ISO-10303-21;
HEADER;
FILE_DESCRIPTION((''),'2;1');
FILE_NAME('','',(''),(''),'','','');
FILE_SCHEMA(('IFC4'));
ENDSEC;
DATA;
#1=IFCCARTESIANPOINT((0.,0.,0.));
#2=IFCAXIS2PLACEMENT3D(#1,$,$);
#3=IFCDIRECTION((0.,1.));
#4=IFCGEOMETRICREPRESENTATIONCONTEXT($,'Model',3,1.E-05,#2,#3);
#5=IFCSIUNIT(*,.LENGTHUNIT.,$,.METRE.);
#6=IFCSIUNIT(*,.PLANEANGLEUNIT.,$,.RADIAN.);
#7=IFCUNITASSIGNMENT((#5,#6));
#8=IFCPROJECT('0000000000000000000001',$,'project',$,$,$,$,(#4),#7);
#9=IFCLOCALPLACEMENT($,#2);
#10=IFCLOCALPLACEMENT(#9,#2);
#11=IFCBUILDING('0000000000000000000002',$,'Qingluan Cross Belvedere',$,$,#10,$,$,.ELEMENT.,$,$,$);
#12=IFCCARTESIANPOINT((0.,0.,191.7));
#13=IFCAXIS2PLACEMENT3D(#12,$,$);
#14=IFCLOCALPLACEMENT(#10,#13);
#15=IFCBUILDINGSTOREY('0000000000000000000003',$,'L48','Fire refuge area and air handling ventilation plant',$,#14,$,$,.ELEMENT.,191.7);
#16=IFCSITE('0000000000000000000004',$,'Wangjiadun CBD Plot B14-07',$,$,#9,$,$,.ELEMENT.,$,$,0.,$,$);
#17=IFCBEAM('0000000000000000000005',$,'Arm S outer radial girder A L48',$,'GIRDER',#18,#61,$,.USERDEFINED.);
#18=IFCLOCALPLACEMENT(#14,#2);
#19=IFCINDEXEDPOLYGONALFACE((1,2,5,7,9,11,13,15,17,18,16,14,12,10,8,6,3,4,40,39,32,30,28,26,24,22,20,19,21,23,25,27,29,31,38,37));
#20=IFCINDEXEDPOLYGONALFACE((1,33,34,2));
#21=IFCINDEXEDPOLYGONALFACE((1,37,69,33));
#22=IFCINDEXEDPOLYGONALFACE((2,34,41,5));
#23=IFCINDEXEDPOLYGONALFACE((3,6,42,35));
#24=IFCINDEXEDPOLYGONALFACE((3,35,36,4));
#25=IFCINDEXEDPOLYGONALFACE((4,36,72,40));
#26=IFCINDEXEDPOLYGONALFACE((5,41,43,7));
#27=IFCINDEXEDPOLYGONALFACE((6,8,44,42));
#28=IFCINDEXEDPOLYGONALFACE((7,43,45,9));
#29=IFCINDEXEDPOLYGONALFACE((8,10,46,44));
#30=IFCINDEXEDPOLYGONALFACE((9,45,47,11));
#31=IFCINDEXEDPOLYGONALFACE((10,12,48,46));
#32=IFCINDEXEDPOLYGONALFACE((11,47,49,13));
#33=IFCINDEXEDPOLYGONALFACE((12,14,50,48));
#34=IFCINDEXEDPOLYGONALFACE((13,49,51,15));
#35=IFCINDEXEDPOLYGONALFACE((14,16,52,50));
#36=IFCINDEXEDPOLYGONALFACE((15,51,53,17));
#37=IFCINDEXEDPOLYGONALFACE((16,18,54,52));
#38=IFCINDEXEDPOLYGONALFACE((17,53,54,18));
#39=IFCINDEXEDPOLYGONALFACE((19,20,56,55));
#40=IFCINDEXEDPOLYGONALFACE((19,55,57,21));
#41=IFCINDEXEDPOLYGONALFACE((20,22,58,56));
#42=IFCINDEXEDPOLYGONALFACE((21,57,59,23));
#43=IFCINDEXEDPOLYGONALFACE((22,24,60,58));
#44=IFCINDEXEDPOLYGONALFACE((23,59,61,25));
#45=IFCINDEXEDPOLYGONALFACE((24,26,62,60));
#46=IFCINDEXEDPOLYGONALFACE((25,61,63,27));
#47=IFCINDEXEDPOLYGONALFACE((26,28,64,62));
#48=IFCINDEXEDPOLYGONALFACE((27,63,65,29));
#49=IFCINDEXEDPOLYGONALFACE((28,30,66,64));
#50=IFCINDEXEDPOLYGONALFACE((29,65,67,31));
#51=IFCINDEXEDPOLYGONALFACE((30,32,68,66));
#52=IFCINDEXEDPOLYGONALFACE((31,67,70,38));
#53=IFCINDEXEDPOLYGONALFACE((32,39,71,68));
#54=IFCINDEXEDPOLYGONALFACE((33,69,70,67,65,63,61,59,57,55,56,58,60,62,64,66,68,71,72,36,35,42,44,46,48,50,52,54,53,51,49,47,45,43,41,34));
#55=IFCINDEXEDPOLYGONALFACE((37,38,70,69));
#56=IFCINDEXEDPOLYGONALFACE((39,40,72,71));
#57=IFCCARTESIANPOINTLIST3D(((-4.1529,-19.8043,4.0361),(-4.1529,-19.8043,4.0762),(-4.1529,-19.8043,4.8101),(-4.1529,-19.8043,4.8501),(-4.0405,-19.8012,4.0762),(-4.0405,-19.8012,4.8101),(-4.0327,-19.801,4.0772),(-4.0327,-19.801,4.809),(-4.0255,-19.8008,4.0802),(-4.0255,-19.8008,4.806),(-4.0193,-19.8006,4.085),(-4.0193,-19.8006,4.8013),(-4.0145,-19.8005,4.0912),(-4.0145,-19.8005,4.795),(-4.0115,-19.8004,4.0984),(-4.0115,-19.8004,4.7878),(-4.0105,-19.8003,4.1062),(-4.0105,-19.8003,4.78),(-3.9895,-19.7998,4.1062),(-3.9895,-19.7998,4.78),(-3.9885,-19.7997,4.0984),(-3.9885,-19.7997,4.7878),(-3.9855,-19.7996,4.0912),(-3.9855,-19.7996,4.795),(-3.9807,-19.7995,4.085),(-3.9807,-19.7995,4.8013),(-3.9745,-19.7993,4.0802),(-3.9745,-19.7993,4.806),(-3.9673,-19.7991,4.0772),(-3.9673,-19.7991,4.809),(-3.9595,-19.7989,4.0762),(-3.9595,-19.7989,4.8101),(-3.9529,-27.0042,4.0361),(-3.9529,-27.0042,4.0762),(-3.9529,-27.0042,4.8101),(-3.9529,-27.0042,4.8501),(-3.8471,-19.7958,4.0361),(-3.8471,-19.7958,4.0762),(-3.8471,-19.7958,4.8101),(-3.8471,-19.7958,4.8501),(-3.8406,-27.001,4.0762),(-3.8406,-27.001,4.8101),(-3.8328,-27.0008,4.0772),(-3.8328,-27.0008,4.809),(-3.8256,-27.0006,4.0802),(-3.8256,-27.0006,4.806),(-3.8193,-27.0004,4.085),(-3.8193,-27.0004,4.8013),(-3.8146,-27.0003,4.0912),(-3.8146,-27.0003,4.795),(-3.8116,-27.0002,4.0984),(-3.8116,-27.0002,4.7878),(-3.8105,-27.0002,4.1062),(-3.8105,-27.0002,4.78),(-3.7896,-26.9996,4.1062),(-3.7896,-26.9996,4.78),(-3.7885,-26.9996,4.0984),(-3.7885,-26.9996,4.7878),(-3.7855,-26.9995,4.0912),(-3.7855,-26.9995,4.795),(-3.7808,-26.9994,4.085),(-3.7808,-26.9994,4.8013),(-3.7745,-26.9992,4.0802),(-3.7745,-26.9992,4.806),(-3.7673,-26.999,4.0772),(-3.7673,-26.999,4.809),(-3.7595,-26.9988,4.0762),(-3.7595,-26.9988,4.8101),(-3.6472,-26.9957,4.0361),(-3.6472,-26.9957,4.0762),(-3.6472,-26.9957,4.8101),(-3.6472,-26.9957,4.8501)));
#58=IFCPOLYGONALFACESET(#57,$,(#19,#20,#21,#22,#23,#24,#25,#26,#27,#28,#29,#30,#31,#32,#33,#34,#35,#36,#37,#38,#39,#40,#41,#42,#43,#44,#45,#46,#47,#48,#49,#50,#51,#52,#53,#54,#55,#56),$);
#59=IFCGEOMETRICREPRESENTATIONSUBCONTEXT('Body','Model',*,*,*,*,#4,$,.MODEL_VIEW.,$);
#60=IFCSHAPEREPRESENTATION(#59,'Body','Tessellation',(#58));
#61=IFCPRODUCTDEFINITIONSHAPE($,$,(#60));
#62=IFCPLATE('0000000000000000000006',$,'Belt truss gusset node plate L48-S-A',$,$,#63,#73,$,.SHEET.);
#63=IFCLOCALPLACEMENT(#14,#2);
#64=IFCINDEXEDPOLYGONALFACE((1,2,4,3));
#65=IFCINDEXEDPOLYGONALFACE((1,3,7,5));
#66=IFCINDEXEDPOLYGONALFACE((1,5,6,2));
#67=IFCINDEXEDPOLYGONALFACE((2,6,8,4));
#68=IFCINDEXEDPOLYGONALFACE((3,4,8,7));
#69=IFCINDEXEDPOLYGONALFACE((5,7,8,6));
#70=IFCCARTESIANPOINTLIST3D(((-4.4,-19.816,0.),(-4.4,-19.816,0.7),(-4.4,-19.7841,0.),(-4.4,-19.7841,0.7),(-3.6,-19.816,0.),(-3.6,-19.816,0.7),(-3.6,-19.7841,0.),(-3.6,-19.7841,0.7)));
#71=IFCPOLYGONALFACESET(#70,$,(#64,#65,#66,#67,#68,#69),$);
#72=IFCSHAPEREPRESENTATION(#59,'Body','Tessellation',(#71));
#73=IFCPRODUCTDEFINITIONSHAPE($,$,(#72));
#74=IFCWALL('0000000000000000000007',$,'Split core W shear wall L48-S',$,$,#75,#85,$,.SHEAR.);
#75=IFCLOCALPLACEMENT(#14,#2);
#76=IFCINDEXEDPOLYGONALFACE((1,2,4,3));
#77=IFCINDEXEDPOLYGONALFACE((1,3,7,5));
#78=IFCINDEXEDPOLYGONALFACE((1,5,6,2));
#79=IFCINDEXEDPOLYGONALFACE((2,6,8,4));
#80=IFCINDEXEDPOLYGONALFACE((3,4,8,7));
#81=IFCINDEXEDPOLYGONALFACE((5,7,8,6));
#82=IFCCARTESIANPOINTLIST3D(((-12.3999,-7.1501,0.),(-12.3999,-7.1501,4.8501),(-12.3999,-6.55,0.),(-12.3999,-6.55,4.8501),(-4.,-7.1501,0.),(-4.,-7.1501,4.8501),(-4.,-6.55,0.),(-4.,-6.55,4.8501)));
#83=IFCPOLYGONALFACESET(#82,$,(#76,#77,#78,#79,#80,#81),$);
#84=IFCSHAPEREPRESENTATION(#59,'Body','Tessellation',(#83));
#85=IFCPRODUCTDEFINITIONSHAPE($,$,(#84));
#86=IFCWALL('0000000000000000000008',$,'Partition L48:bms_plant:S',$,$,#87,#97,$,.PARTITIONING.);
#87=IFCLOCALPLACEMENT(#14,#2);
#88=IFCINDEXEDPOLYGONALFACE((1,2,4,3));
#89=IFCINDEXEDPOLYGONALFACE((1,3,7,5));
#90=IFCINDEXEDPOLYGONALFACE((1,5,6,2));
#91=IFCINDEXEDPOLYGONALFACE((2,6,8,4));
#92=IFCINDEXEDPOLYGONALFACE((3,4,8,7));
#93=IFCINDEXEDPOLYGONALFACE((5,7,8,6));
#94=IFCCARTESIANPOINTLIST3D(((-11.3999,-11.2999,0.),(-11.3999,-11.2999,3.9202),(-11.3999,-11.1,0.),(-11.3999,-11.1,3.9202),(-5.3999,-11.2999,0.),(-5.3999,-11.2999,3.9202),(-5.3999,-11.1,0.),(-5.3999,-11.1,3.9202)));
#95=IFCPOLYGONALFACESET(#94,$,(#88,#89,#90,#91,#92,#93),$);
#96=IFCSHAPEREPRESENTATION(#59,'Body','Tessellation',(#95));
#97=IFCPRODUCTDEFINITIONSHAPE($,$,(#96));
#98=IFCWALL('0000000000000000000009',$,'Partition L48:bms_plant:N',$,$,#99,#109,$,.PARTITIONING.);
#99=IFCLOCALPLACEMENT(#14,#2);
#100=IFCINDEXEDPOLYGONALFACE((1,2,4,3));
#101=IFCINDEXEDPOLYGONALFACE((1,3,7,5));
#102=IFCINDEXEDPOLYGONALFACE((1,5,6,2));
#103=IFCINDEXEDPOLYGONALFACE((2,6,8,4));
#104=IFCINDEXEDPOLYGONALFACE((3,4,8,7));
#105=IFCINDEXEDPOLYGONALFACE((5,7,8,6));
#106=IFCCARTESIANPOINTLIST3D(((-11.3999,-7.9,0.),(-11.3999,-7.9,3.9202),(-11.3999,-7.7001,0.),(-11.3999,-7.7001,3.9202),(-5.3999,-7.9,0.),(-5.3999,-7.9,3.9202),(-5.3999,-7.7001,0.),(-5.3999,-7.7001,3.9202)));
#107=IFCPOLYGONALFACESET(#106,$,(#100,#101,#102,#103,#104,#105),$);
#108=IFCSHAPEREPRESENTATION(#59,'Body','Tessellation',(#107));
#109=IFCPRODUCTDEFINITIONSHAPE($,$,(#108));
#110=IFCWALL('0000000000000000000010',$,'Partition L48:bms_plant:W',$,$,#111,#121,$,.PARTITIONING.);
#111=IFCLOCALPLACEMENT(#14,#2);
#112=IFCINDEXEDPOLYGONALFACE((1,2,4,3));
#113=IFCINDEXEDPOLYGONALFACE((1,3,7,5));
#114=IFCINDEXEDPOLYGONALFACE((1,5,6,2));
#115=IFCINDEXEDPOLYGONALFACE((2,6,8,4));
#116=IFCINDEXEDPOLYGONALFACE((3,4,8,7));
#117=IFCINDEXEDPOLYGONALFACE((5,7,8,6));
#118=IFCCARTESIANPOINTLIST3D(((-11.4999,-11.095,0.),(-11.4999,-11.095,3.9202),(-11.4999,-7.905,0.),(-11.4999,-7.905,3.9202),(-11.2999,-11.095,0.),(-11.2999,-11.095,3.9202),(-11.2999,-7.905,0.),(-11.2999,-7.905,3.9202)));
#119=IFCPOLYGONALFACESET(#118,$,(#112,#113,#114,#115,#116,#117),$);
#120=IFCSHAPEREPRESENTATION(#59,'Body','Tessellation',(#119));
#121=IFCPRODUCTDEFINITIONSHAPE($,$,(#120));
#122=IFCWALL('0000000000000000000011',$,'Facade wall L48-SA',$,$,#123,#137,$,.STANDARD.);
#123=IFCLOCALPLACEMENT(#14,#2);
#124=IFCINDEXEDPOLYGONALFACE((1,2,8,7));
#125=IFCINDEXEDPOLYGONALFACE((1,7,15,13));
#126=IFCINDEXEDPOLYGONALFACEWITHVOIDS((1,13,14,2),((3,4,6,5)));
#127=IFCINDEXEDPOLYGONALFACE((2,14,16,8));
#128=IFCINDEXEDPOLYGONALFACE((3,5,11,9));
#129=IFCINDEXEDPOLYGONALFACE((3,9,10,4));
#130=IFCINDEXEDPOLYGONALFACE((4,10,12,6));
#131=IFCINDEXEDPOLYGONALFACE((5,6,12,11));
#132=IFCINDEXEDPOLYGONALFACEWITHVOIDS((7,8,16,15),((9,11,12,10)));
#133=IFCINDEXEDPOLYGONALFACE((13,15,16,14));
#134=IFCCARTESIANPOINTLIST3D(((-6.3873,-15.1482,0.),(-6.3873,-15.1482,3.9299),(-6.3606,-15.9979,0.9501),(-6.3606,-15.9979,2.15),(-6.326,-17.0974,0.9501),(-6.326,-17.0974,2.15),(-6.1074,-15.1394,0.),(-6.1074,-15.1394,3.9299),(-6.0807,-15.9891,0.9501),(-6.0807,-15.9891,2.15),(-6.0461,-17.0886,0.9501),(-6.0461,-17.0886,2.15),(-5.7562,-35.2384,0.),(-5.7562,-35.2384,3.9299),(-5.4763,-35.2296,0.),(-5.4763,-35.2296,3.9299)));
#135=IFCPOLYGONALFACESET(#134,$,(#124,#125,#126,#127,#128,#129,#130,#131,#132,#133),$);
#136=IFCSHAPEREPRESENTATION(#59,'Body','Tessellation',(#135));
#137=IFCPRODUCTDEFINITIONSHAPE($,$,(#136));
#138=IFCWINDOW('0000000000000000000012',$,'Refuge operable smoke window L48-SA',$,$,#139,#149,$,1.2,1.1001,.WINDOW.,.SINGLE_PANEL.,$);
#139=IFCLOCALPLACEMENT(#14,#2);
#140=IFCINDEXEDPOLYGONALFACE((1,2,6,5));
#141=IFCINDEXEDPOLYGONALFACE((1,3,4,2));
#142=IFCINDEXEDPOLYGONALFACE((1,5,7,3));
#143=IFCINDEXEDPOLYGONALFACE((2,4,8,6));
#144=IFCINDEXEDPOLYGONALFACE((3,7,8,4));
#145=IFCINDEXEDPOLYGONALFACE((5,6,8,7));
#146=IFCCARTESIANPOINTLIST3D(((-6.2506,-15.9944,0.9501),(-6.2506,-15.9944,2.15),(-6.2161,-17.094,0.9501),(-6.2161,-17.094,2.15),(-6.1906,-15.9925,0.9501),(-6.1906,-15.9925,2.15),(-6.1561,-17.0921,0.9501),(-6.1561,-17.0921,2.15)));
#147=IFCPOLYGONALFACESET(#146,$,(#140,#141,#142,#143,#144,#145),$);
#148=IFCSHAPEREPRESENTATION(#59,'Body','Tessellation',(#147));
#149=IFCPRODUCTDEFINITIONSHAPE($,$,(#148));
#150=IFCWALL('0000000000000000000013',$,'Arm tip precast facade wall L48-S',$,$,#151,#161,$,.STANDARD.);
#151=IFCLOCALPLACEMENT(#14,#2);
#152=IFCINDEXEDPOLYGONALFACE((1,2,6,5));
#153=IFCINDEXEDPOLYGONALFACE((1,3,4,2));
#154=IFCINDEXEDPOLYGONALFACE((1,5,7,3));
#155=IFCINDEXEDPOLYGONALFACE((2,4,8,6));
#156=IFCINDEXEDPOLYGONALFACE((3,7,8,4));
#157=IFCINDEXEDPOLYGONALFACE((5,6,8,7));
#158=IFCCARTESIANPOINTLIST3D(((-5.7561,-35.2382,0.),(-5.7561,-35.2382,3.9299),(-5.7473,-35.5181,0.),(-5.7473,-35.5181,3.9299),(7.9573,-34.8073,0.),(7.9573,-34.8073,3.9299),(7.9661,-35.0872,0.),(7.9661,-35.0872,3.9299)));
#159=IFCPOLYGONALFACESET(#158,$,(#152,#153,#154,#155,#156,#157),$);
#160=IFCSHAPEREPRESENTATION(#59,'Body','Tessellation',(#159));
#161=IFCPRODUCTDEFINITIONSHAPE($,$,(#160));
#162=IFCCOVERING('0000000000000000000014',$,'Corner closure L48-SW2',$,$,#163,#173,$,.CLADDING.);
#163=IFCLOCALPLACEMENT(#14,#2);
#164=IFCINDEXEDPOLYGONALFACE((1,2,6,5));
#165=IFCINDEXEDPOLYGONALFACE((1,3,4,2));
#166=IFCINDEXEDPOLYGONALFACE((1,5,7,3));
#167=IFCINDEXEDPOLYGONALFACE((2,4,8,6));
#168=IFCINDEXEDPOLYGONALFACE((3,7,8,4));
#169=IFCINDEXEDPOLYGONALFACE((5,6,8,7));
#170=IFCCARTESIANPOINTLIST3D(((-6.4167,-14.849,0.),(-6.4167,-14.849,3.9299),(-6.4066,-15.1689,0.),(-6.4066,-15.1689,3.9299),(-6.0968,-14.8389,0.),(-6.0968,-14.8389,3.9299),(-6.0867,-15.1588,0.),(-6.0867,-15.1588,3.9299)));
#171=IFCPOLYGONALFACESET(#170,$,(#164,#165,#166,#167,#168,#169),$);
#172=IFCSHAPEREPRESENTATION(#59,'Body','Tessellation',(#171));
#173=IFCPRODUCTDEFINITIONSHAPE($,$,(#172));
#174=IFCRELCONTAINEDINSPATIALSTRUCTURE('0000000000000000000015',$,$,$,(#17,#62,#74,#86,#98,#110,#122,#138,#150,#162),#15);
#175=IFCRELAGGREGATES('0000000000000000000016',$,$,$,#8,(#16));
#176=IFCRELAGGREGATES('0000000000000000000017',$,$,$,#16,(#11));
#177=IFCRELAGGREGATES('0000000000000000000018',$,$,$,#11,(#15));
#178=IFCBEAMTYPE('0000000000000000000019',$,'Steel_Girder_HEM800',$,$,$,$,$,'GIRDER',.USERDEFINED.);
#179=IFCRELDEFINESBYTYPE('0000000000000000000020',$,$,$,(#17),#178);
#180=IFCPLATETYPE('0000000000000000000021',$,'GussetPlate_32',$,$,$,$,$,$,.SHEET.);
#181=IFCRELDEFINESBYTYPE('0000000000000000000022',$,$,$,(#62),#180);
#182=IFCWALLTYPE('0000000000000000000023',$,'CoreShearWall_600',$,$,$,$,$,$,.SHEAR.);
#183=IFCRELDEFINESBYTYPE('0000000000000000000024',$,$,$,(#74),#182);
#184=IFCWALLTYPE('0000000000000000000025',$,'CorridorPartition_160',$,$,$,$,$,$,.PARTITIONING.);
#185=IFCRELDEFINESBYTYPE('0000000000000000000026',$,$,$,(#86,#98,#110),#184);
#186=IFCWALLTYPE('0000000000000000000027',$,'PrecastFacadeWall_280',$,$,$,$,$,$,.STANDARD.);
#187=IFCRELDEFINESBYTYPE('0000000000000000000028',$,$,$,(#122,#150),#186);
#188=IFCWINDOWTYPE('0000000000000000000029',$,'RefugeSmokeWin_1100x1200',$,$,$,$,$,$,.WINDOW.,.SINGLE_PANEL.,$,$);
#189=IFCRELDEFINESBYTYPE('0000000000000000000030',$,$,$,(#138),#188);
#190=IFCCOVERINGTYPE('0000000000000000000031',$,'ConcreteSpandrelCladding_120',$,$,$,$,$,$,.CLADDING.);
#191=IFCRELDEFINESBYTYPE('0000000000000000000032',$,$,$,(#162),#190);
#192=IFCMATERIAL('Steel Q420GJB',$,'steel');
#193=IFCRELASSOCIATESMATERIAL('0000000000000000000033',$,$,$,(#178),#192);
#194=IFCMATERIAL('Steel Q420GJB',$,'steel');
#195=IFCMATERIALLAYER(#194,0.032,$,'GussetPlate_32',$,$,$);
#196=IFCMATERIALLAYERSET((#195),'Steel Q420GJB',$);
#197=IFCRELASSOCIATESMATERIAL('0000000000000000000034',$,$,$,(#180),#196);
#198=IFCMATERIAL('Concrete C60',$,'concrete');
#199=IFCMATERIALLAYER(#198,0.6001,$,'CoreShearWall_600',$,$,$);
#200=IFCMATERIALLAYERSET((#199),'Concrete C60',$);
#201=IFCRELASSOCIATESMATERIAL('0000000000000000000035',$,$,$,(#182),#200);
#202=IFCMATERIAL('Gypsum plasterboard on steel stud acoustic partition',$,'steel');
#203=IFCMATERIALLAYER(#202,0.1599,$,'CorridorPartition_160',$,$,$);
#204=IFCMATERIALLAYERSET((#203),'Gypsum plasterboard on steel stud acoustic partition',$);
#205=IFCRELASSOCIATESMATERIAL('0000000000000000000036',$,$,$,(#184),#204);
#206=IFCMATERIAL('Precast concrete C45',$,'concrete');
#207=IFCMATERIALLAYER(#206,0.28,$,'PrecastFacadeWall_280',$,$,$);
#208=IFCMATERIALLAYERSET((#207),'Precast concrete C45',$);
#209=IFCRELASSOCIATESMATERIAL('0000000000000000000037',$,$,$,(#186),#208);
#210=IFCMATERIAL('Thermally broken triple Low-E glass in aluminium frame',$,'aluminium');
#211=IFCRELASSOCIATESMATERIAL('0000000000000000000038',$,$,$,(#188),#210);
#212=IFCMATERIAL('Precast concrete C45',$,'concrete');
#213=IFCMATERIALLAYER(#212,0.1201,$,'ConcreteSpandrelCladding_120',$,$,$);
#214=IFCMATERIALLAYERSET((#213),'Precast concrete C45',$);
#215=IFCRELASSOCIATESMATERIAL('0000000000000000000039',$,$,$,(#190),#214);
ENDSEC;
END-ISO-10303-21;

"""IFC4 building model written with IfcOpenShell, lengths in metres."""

from ifc_helpers import new_model, si_unit, direction, frame, frame_2d, origin, origin_2d, place, context, subcontext, project, spatial, rectangle, i_section, extrude, material, layer, layer_set, material_profile, profile_set, type_object, element, fill, save


model = new_model("IFC4")

# Units and contexts
model_context = context("Model", 3, precision=1e-05, world=origin(), true_north=direction((0.0, 1.0)))
body_context = subcontext(model_context, "Body", "Model", "MODEL_VIEW")
ifc_project = project(units=[si_unit("LENGTHUNIT", "METRE"), si_unit("PLANEANGLEUNIT", "RADIAN")], contexts=[model_context])

# Site, building, storey
site_placement = place(None, origin())
site = spatial("IfcSite", under=ifc_project, at=site_placement, Name="Wangjiadun CBD Plot B14-07", CompositionType="ELEMENT", RefElevation=0.0)
building_placement = place(site_placement, origin())
building = spatial("IfcBuilding", under=site, at=building_placement, Name="Qingluan Cross Belvedere", CompositionType="ELEMENT")
storey_placement = place(building_placement, frame((0.0, 0.0, 191.7)))
storey = spatial("IfcBuildingStorey", under=building, at=storey_placement, Name="L48", Description="Fire refuge area and air handling ventilation plant", CompositionType="ELEMENT", Elevation=191.7)

# Beam
ifc_material_1 = material(Name="Steel Q420GJB", Category="steel")
ifc_material_profile_1 = material_profile(ifc_material_1, i_section(OverallWidth=0.3059, OverallDepth=0.814, WebThickness=0.021, FlangeThickness=0.04, FilletRadius=0.03, at=origin_2d()), Name="HEM800")
ifc_profile_set_1 = profile_set([ifc_material_profile_1], Name="Steel Q420GJB")
beam_type_1 = type_object("IfcBeamType", Name="Steel_Girder_HEM800", ElementType="GIRDER", PredefinedType="USERDEFINED", material=ifc_profile_set_1)
beam_1_placement = place(storey_placement, frame((-4.0, -19.8, 4.4431), z_axis=(0.02776, -0.999615, 0.0), x_axis=(0.999615, 0.02776, 0.0)))
element("IfcBeam", 1, at=beam_1_placement, inside=storey, type_object=beam_type_1, Name="Arm S outer radial girder A L48", ObjectType="GIRDER", PredefinedType="USERDEFINED", context=body_context, shape_type="SweptSolid", body=[
    extrude(i_section(OverallWidth=0.3059, OverallDepth=0.814, WebThickness=0.021, FlangeThickness=0.04, FilletRadius=0.03, at=origin_2d()), origin(), (0.0, 0.0, 1.0), 7.2026),
])

# Plate
ifc_material_2 = material(Name="Steel Q420GJB", Category="steel")
ifc_layer_1 = layer(ifc_material_2, 0.032, Name="GussetPlate_32")
ifc_layer_set_1 = layer_set([ifc_layer_1], Name="Steel Q420GJB")
plate_type = type_object("IfcPlateType", Name="GussetPlate_32", PredefinedType="SHEET", material=ifc_layer_set_1)
plate_placement = place(storey_placement, frame((-4.0, -19.8, 0.0), z_axis=(0.0, 0.0, 1.0), x_axis=(1.0, 0.0, 0.0)))
element("IfcPlate", 2, at=plate_placement, inside=storey, type_object=plate_type, Name="Belt truss gusset node plate L48-S-A", PredefinedType="SHEET", context=body_context, shape_type="SweptSolid", body=[
    extrude(rectangle(XDim=0.8, YDim=0.032, at=origin_2d()), origin(), (0.0, 0.0, 1.0), 0.7),
])

# Walls
ifc_material_3 = material(Name="Concrete C60", Category="concrete")
ifc_layer_2 = layer(ifc_material_3, 0.6001, Name="CoreShearWall_600")
ifc_layer_set_2 = layer_set([ifc_layer_2], Name="Concrete C60")
wall_type_1 = type_object("IfcWallType", Name="CoreShearWall_600", PredefinedType="SHEAR", material=ifc_layer_set_2)
wall_1_placement = place(storey_placement, frame((-12.3999, -6.8501, 0.0), z_axis=(0.0, 0.0, 1.0), x_axis=(1.0, 0.0, 0.0)))
element("IfcWall", 3, at=wall_1_placement, inside=storey, type_object=wall_type_1, Name="Split core W shear wall L48-S", PredefinedType="SHEAR", context=body_context, shape_type="SweptSolid", body=[
    extrude(rectangle(XDim=8.3999, YDim=0.6001, at=frame_2d((4.2, 0.0))), origin(), (0.0, 0.0, 1.0), 4.8501),
])
ifc_material_4 = material(Name="Gypsum plasterboard on steel stud acoustic partition", Category="steel")
ifc_layer_3 = layer(ifc_material_4, 0.1599, Name="CorridorPartition_160")
ifc_layer_set_3 = layer_set([ifc_layer_3], Name="Gypsum plasterboard on steel stud acoustic partition")
wall_type_2 = type_object("IfcWallType", Name="CorridorPartition_160", PredefinedType="PARTITIONING", material=ifc_layer_set_3)
for number, where, z_axis, x_axis, name in (
    (4, (-11.3999, -11.2, 0.0), (0.0, 0.0, 1.0), (1.0, 0.0, 0.0), "Partition L48:bms_plant:S"),
    (5, (-11.3999, -7.8, 0.0), (0.0, 0.0, 1.0), (1.0, 0.0, 0.0), "Partition L48:bms_plant:N"),
):
    element("IfcWall", number, at=place(storey_placement, frame(where, z_axis=z_axis, x_axis=x_axis)), inside=storey, type_object=wall_type_2, Name=name, PredefinedType="PARTITIONING", context=body_context, shape_type="SweptSolid", body=[
        extrude(rectangle(XDim=6.0, YDim=0.2, at=frame_2d((3.0, 0.0))), origin(), (0.0, 0.0, 1.0), 3.9202),
    ])
wall_2_placement = place(storey_placement, frame((-11.3999, -11.095, 0.0), z_axis=(0.0, 0.0, 1.0), x_axis=(0.0, 1.0, 0.0)))
element("IfcWall", 6, at=wall_2_placement, inside=storey, type_object=wall_type_2, Name="Partition L48:bms_plant:W", PredefinedType="PARTITIONING", context=body_context, shape_type="SweptSolid", body=[
    extrude(rectangle(XDim=3.1899, YDim=0.2, at=frame_2d((1.595, 0.0))), origin(), (0.0, 0.0, 1.0), 3.9202),
])

# Wall, opening, window
ifc_material_5 = material(Name="Precast concrete C45", Category="concrete")
ifc_layer_4 = layer(ifc_material_5, 0.28, Name="PrecastFacadeWall_280")
ifc_layer_set_4 = layer_set([ifc_layer_4], Name="Precast concrete C45")
wall_type_3 = type_object("IfcWallType", Name="PrecastFacadeWall_280", PredefinedType="STANDARD", material=ifc_layer_set_4)
wall_3_placement = place(storey_placement, frame((-6.2473, -15.1438, 0.0), z_axis=(0.0, 0.0, 1.0), x_axis=(0.031398, -0.999507, 0.0)))
wall_3 = element("IfcWall", 7, at=wall_3_placement, inside=storey, type_object=wall_type_3, Name="Facade wall L48-SA", PredefinedType="STANDARD", context=body_context, shape_type="SweptSolid", body=[
    extrude(rectangle(XDim=20.1001, YDim=0.28, at=frame_2d((10.05, 0.0))), origin(), (0.0, 0.0, 1.0), 3.9299),
])
opening_1_placement = place(wall_3_placement, frame((0.8501, 0.0, 0.95)))
opening_1 = element("IfcOpeningElement", 8, at=opening_1_placement, cuts=wall_3, PredefinedType="OPENING", context=body_context, shape_type="SweptSolid", body=[
    extrude(rectangle(XDim=1.1001, YDim=1.2, at=frame_2d((0.55, 0.6001))), frame((0.0, 0.1499, 0.0), z_axis=(0.0, -1.0, 0.0), x_axis=(1.0, 0.0, 0.0)), (0.0, 0.0, 1.0), 0.3),
])
ifc_material_6 = material(Name="Thermally broken triple Low-E glass in aluminium frame", Category="aluminium")
window_type = type_object("IfcWindowType", Name="RefugeSmokeWin_1100x1200", PartitioningType="SINGLE_PANEL", PredefinedType="WINDOW", material=ifc_material_6)
window_placement = place(opening_1_placement, origin())
window = element("IfcWindow", 9, at=window_placement, inside=storey, type_object=window_type, Name="Refuge operable smoke window L48-SA", OverallHeight=1.2, OverallWidth=1.1001, PartitioningType="SINGLE_PANEL", PredefinedType="WINDOW", context=body_context, shape_type="SweptSolid", body=[
    extrude(rectangle(XDim=1.1001, YDim=1.2, at=frame_2d((0.55, 0.6001))), frame((0.0, 0.03, 0.0), z_axis=(0.0, -1.0, 0.0), x_axis=(1.0, 0.0, 0.0)), (0.0, 0.0, 1.0), 0.0601),
])
fill(opening_1, window)

# Wall
wall_4_placement = place(storey_placement, frame((-5.7517, -35.3782, 0.0), z_axis=(0.0, 0.0, 1.0), x_axis=(0.999507, 0.031407, 0.0)))
element("IfcWall", 10, at=wall_4_placement, inside=storey, type_object=wall_type_3, Name="Arm tip precast facade wall L48-S", PredefinedType="STANDARD", context=body_context, shape_type="SweptSolid", body=[
    extrude(rectangle(XDim=13.7202, YDim=0.28, at=frame_2d((6.8601, 0.0))), origin(), (0.0, 0.0, 1.0), 3.9299),
])

# Covering
ifc_material_7 = material(Name="Precast concrete C45", Category="concrete")
ifc_layer_5 = layer(ifc_material_7, 0.1201, Name="ConcreteSpandrelCladding_120")
ifc_layer_set_5 = layer_set([ifc_layer_5], Name="Precast concrete C45")
covering_type = type_object("IfcCoveringType", Name="ConcreteSpandrelCladding_120", PredefinedType="CLADDING", material=ifc_layer_set_5)
covering_placement = place(storey_placement, frame((-6.2517, -15.0039, 0.0), z_axis=(0.0, 0.0, 1.0), x_axis=(0.999507, 0.031411, 0.0)))
element("IfcCovering", 11, at=covering_placement, inside=storey, type_object=covering_type, Name="Corner closure L48-SW2", PredefinedType="CLADDING", context=body_context, shape_type="SweptSolid", body=[
    extrude(rectangle(XDim=0.3201, YDim=0.3201, at=origin_2d()), origin(), (0.0, 0.0, 1.0), 3.9299),
])

save(model, "model.ifc")
